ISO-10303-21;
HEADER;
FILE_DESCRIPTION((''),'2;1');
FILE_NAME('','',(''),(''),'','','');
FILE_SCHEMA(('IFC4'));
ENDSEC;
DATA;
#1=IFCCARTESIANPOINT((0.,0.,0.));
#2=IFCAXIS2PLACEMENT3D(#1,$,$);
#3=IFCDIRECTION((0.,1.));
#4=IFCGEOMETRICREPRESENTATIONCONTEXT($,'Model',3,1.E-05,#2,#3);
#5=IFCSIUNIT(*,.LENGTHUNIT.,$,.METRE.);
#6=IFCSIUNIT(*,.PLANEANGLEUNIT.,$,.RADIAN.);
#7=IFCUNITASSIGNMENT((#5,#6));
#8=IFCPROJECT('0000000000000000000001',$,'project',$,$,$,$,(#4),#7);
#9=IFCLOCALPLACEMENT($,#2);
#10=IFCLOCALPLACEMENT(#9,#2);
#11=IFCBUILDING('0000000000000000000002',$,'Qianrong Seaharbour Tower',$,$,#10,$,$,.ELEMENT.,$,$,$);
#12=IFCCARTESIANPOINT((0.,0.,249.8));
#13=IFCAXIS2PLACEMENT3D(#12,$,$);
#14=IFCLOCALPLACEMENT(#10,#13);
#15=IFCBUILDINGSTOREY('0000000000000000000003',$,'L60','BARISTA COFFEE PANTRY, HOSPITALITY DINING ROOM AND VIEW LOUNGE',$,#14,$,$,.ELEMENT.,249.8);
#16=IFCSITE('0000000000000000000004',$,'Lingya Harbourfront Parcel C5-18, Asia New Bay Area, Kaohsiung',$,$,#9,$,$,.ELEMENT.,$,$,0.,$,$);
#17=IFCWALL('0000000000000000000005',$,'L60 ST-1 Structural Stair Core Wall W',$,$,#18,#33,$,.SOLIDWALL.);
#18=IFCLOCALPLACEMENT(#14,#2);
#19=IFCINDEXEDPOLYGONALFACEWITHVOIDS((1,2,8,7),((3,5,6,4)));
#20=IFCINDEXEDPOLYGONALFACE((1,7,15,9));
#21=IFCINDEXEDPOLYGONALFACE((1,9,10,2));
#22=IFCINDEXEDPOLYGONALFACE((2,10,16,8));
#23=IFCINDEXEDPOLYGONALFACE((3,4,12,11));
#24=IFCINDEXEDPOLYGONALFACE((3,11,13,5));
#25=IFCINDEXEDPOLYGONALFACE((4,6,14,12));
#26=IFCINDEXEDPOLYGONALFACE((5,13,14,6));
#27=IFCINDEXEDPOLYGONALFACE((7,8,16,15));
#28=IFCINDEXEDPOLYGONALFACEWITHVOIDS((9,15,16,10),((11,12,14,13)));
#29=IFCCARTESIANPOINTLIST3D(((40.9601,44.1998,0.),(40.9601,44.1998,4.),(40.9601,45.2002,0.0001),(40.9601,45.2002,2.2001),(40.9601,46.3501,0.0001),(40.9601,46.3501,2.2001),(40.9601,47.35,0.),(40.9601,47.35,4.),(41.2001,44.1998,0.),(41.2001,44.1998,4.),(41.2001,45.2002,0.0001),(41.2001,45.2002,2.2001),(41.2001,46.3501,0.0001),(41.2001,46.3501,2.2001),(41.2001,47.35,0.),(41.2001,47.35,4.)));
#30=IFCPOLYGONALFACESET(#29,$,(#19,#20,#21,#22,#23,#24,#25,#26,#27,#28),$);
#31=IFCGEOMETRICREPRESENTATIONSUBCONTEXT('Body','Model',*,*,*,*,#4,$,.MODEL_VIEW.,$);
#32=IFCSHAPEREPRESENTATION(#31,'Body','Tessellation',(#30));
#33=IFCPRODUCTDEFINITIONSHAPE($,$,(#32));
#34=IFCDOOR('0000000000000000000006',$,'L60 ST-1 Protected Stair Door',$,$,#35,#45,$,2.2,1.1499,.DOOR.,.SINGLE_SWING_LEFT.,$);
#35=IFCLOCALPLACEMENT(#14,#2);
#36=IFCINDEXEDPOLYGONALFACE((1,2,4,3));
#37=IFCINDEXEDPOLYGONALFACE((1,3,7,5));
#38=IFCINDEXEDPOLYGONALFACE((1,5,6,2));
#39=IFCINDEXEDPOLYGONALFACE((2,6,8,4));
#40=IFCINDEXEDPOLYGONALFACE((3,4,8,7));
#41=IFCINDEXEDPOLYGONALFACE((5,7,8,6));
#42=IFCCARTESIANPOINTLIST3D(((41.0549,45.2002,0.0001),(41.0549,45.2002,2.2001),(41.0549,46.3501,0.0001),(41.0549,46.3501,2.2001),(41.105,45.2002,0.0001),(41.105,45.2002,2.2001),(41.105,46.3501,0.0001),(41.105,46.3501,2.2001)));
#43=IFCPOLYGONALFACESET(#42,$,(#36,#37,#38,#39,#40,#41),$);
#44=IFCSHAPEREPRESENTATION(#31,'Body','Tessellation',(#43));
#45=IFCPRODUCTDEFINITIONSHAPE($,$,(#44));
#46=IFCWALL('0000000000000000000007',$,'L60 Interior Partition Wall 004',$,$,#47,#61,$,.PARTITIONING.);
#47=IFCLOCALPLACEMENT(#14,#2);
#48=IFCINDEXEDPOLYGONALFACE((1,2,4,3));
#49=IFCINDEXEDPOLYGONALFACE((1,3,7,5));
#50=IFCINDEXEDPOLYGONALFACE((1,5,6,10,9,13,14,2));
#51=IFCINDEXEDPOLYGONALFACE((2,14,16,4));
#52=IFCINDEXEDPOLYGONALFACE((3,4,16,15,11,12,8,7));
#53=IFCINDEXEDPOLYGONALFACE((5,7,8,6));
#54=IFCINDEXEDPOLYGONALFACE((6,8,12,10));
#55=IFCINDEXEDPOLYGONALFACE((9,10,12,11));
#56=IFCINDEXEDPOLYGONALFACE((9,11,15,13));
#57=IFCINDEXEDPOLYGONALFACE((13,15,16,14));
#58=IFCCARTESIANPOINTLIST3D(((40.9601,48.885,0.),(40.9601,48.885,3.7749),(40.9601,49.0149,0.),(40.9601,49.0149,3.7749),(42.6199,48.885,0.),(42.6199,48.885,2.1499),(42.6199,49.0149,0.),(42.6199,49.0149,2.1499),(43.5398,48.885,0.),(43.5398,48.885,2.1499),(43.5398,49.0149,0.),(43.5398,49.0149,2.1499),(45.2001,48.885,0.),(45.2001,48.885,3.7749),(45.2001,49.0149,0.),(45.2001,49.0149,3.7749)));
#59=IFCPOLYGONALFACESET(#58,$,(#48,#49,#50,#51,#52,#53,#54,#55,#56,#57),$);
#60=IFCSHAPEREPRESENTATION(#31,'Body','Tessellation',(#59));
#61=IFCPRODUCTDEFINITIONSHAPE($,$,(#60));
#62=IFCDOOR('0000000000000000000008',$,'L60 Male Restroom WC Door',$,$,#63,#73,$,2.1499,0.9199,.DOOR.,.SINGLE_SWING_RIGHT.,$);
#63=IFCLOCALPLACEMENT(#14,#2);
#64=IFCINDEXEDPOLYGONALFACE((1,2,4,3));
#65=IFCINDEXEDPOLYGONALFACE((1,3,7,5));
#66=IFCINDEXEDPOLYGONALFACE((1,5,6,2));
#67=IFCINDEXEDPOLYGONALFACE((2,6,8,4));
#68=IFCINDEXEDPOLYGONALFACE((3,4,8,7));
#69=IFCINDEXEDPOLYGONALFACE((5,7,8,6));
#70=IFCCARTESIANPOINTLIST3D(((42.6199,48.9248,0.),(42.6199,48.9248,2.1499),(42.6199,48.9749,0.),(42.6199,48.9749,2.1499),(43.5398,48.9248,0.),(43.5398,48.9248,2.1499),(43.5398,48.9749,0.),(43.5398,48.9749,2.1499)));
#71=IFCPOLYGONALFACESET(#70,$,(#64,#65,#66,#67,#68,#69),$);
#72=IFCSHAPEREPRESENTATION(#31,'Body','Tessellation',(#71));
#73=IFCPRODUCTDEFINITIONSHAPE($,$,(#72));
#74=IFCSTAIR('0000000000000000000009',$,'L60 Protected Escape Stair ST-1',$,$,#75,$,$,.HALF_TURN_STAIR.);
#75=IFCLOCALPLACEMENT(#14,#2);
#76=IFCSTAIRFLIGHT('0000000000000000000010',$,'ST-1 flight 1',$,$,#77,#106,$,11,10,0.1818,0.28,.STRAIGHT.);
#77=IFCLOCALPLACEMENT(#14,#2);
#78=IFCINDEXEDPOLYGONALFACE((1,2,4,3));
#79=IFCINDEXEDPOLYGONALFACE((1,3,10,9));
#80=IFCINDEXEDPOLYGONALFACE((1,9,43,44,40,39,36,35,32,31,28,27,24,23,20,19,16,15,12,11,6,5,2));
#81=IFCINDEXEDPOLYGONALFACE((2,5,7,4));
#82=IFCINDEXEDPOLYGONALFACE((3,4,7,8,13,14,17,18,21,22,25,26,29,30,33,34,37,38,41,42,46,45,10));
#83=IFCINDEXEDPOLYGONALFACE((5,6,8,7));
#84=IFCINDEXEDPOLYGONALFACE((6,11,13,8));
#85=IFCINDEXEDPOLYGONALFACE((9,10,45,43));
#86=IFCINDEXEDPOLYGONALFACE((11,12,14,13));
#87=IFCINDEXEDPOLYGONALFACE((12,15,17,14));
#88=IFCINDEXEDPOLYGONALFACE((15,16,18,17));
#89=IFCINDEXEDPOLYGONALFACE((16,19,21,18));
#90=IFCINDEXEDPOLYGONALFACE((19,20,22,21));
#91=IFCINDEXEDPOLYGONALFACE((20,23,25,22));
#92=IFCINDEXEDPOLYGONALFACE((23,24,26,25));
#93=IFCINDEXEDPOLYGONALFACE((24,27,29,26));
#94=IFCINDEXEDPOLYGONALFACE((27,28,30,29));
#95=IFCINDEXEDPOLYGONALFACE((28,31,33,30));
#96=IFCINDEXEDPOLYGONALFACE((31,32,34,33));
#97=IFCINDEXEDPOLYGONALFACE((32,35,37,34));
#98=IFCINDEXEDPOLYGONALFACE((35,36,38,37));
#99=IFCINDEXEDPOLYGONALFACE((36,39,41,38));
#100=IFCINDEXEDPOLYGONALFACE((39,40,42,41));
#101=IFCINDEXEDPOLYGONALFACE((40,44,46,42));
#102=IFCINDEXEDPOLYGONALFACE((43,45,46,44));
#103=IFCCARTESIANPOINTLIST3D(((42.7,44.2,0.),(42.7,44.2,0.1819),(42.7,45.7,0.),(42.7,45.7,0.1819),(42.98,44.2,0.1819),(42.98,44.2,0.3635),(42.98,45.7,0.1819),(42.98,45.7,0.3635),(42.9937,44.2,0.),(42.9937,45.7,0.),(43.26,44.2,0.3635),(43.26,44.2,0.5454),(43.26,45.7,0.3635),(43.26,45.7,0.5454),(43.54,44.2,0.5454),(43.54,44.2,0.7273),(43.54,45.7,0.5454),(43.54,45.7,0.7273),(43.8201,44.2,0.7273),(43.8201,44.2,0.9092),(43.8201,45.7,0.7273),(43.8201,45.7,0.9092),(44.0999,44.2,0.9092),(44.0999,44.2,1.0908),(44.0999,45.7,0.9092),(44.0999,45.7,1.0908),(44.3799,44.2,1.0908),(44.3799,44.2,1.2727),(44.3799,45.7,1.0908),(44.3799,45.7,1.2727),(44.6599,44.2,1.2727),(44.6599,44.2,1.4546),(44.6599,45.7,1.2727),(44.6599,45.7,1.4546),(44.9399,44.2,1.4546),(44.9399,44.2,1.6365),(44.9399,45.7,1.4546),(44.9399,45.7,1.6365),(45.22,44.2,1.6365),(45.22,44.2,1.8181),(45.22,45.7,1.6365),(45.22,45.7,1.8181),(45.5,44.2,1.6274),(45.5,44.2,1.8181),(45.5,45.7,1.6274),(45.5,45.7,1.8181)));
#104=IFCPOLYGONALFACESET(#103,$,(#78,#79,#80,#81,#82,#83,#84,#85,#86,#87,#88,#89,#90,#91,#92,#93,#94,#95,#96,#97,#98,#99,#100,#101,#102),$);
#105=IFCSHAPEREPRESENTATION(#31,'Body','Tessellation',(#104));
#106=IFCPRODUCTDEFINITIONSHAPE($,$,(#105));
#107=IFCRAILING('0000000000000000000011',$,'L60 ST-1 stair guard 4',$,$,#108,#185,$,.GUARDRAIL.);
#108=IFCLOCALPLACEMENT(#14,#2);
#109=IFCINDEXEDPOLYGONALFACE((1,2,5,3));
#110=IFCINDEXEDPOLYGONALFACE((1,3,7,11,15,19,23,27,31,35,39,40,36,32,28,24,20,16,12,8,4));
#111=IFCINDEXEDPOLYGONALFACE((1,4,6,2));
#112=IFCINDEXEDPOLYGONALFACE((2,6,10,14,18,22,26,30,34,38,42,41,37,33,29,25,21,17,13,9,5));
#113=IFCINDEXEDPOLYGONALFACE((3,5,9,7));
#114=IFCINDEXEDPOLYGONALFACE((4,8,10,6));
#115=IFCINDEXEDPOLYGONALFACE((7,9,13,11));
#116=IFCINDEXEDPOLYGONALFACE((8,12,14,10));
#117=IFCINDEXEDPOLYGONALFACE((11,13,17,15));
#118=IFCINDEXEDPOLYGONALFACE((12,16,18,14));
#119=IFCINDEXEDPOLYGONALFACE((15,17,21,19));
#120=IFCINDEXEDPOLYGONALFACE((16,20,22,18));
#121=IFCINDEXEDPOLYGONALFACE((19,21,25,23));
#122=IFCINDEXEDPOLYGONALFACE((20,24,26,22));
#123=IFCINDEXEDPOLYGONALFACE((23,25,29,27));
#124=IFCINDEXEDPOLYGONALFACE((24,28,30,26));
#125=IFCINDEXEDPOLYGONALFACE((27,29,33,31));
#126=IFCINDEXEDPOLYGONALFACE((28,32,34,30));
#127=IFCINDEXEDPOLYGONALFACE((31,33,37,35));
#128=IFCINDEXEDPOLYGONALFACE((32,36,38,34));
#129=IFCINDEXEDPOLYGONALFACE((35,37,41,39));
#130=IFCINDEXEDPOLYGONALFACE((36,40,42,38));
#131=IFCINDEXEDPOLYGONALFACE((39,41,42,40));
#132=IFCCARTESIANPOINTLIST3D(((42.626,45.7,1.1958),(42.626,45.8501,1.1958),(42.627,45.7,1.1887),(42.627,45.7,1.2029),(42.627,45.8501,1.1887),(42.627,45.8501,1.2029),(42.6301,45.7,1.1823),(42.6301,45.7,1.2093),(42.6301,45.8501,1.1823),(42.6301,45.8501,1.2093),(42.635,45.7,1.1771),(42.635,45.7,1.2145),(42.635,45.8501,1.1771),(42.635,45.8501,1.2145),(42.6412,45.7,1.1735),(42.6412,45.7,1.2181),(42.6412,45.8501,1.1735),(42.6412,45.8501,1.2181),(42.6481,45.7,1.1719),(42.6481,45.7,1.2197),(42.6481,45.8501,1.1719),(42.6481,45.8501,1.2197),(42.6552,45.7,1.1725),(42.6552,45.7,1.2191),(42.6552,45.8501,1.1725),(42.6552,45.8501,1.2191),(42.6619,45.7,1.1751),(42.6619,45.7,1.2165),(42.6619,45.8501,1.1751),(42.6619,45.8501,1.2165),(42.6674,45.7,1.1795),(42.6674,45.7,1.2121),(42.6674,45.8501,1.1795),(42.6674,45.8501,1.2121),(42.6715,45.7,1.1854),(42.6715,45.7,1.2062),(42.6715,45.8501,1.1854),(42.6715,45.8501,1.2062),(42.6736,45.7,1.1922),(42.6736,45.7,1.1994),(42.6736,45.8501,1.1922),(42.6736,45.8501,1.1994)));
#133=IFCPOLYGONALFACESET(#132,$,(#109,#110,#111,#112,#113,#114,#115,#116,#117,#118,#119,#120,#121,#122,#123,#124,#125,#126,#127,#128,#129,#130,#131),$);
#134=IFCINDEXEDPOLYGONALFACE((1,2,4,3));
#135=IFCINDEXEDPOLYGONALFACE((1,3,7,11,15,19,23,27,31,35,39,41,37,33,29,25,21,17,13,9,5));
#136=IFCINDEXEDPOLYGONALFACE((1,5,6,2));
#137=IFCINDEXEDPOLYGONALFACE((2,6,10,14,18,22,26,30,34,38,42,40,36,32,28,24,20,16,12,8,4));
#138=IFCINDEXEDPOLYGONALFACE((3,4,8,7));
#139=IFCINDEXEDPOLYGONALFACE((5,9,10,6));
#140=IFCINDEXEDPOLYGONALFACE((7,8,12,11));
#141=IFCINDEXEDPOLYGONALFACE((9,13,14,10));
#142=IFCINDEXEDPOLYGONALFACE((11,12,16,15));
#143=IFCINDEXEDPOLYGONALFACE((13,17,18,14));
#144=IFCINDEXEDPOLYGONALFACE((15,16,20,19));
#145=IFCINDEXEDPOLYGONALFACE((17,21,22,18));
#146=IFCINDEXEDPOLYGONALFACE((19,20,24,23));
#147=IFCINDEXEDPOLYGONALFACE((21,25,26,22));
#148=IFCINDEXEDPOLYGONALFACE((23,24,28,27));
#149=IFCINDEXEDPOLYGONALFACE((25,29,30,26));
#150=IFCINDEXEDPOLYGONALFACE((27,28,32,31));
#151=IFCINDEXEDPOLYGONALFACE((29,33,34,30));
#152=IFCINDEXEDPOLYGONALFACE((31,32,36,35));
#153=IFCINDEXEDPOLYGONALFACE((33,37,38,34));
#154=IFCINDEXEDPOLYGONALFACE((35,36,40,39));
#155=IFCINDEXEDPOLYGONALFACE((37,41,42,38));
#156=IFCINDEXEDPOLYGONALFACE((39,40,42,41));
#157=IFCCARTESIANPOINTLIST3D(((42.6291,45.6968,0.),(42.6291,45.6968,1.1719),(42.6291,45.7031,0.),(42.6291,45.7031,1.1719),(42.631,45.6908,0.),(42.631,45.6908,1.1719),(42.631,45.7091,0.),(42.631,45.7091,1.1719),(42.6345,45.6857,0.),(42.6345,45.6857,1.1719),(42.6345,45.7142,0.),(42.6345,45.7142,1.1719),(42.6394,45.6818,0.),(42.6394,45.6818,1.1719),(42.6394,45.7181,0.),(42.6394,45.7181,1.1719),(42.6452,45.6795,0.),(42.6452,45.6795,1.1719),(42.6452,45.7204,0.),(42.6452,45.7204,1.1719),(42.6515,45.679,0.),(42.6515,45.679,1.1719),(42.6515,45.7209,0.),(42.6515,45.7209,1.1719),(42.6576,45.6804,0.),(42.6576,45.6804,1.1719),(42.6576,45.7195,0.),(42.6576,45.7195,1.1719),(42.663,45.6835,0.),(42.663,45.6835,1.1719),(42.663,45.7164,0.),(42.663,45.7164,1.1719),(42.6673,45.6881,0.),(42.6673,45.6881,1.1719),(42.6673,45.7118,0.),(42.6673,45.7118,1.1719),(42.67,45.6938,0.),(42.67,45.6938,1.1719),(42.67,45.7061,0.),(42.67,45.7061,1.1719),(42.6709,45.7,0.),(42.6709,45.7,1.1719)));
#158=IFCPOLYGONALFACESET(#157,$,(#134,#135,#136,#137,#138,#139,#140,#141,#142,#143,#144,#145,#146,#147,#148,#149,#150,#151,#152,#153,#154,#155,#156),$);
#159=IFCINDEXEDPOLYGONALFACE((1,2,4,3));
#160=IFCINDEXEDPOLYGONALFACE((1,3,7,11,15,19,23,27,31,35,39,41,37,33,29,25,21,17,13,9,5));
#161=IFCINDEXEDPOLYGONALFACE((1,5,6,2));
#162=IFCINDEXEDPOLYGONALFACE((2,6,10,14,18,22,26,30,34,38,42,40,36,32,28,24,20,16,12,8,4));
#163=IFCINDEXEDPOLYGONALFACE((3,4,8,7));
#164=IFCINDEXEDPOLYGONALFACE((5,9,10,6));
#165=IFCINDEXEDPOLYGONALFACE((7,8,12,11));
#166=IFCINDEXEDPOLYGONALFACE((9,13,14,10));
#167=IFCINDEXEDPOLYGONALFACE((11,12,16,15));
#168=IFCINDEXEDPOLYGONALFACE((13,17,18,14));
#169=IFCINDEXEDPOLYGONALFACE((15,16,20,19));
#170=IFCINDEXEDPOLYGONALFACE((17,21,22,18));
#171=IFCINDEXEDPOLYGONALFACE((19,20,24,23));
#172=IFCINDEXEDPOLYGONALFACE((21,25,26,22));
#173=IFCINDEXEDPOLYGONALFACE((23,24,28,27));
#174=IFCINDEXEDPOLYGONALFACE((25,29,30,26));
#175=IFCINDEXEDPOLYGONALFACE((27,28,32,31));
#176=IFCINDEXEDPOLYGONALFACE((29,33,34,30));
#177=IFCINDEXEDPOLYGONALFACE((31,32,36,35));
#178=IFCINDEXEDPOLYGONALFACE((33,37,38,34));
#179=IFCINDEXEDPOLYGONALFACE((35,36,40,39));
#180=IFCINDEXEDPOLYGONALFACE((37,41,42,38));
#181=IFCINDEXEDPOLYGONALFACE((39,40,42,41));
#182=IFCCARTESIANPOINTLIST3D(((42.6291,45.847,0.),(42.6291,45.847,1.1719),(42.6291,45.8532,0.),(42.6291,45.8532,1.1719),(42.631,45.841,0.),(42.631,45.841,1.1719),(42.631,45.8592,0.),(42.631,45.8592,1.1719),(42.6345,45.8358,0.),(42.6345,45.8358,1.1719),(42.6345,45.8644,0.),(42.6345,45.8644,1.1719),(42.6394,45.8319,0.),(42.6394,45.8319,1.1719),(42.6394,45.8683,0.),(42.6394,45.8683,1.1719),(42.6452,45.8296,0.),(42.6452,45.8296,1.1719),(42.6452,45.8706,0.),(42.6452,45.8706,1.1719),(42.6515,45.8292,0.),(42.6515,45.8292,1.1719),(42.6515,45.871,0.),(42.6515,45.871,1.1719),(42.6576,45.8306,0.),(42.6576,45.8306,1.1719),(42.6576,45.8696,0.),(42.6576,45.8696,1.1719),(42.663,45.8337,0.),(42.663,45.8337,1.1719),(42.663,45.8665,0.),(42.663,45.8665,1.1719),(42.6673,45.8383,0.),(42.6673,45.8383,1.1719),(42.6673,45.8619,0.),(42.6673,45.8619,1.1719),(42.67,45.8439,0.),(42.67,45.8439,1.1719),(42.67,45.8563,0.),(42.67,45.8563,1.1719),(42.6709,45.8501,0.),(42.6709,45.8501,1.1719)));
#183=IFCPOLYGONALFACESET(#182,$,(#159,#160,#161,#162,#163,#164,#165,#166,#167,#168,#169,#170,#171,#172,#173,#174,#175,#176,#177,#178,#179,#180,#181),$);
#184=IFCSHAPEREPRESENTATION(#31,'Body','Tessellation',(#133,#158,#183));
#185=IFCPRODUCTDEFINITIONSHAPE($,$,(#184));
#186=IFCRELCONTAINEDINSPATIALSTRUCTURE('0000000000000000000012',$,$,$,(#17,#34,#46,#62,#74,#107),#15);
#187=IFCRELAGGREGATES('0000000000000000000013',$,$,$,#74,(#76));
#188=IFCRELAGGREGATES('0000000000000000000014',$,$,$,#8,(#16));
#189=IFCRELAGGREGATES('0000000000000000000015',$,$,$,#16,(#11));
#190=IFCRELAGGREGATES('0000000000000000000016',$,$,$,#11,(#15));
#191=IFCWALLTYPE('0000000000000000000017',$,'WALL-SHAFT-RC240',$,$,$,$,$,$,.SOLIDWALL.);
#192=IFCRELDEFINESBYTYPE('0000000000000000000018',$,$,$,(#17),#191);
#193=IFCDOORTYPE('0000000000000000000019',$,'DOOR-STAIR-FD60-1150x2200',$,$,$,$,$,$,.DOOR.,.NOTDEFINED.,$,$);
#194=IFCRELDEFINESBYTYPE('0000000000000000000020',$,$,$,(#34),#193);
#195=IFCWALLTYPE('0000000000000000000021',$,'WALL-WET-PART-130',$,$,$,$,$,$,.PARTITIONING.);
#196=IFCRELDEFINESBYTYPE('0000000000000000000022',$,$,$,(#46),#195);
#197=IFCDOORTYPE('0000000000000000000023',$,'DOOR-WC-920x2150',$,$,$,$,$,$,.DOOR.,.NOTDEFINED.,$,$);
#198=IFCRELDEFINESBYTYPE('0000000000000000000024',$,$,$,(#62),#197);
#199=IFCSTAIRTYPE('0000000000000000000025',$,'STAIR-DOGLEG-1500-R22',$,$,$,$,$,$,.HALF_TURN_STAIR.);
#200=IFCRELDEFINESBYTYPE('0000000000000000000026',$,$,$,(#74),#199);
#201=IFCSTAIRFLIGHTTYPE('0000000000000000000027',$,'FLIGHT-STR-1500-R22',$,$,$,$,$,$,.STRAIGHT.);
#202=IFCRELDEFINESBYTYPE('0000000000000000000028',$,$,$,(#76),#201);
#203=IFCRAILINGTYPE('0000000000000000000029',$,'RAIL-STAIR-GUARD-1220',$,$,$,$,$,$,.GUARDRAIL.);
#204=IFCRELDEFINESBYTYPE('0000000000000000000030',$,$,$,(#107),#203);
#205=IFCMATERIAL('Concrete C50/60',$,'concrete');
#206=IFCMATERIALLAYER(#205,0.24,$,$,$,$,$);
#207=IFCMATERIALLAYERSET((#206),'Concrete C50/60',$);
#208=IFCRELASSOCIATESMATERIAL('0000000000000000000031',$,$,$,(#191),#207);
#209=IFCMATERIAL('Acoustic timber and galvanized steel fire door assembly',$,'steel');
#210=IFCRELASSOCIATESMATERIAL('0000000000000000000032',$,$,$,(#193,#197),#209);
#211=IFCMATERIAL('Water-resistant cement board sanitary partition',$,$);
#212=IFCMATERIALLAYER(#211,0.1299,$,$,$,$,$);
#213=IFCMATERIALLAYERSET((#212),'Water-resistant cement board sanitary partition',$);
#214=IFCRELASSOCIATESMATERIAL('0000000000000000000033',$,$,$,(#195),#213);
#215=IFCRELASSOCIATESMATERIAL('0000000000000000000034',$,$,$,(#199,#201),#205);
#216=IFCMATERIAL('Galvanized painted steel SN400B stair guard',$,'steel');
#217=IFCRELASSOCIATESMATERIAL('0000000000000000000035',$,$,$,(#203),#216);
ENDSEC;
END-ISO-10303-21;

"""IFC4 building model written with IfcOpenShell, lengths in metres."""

from ifc_helpers import new_model, si_unit, direction, frame, frame_2d, origin, origin_2d, place, context, subcontext, project, spatial, polyline, rectangle, circle, outline, extrude, material, layer, layer_set, type_object, element, fill, aggregate, save


model = new_model("IFC4")

# Units and contexts
model_context = context("Model", 3, precision=1e-05, world=origin(), true_north=direction((0.0, 1.0)))
body_context = subcontext(model_context, "Body", "Model", "MODEL_VIEW")
ifc_project = project(units=[si_unit("LENGTHUNIT", "METRE"), si_unit("PLANEANGLEUNIT", "RADIAN")], contexts=[model_context])

# Site, building, storey
site_placement = place(None, origin())
site = spatial("IfcSite", under=ifc_project, at=site_placement, Name="Lingya Harbourfront Parcel C5-18, Asia New Bay Area, Kaohsiung", CompositionType="ELEMENT", RefElevation=0.0)
building_placement = place(site_placement, origin())
building = spatial("IfcBuilding", under=site, at=building_placement, Name="Qianrong Seaharbour Tower", CompositionType="ELEMENT")
storey_placement = place(building_placement, frame((0.0, 0.0, 249.8)))
storey = spatial("IfcBuildingStorey", under=building, at=storey_placement, Name="L60", Description="BARISTA COFFEE PANTRY, HOSPITALITY DINING ROOM AND VIEW LOUNGE", CompositionType="ELEMENT", Elevation=249.8)

# Shared definitions
ifc_material_1 = material(Name="Concrete C50/60", Category="concrete")
ifc_layer_1 = layer(ifc_material_1, 0.24)
ifc_layer_set_1 = layer_set([ifc_layer_1], Name="Concrete C50/60")
wall_type_1 = type_object("IfcWallType", Name="WALL-SHAFT-RC240", PredefinedType="SOLIDWALL", material=ifc_layer_set_1)

# Walls, openings, doors
wall_1_placement = place(storey_placement, frame((41.0801, 47.3501, 0.0), z_axis=(0.0, 0.0, 1.0), x_axis=(0.0, -1.0, 0.0)))
wall_1 = element("IfcWall", 1, at=wall_1_placement, inside=storey, type_object=wall_type_1, Name="L60 ST-1 Structural Stair Core Wall W", PredefinedType="SOLIDWALL", context=body_context, shape_type="SweptSolid", body=[
    extrude(rectangle(XDim=3.1501, YDim=0.24, at=frame_2d((1.5752, 0.0))), origin(), (0.0, 0.0, 1.0), 4.0),
])
opening_1_placement = place(wall_1_placement, frame((1.0, 0.0, 0.0)))
opening_1 = element("IfcOpeningElement", 2, at=opening_1_placement, cuts=wall_1, PredefinedType="OPENING", context=body_context, shape_type="SweptSolid", body=[
    extrude(rectangle(XDim=1.1499, YDim=2.2, at=frame_2d((0.575, 1.1001))), frame((0.0, 0.1299, 0.0), z_axis=(0.0, -1.0, 0.0), x_axis=(1.0, 0.0, 0.0)), (0.0, 0.0, 1.0), 0.26),
])
ifc_material_2 = material(Name="Acoustic timber and galvanized steel fire door assembly", Category="steel")
door_type_1 = type_object("IfcDoorType", Name="DOOR-STAIR-FD60-1150x2200", OperationType="NOTDEFINED", PredefinedType="DOOR", material=ifc_material_2)
door_1_placement = place(opening_1_placement, origin())
door_1 = element("IfcDoor", 3, at=door_1_placement, inside=storey, type_object=door_type_1, Name="L60 ST-1 Protected Stair Door", OperationType="SINGLE_SWING_LEFT", OverallHeight=2.2, OverallWidth=1.1499, PredefinedType="DOOR", context=body_context, shape_type="SweptSolid", body=[
    extrude(rectangle(XDim=1.1499, YDim=2.2, at=frame_2d((0.575, 1.1001))), frame((0.0, 0.0249, 0.0), z_axis=(0.0, -1.0, 0.0), x_axis=(1.0, 0.0, 0.0)), (0.0, 0.0, 1.0), 0.05),
])
fill(opening_1, door_1)
ifc_material_3 = material(Name="Water-resistant cement board sanitary partition")
ifc_layer_2 = layer(ifc_material_3, 0.1299)
ifc_layer_set_2 = layer_set([ifc_layer_2], Name="Water-resistant cement board sanitary partition")
wall_type_2 = type_object("IfcWallType", Name="WALL-WET-PART-130", PredefinedType="PARTITIONING", material=ifc_layer_set_2)
wall_2_placement = place(storey_placement, frame((40.96, 48.95, 0.0), z_axis=(0.0, 0.0, 1.0), x_axis=(1.0, 0.0, 0.0)))
wall_2 = element("IfcWall", 4, at=wall_2_placement, inside=storey, type_object=wall_type_2, Name="L60 Interior Partition Wall 004", PredefinedType="PARTITIONING", context=body_context, shape_type="SweptSolid", body=[
    extrude(rectangle(XDim=4.24, YDim=0.1299, at=frame_2d((2.1201, 0.0))), origin(), (0.0, 0.0, 1.0), 3.7749),
])
opening_2_placement = place(wall_2_placement, frame((1.6599, 0.0, 0.0)))
opening_2 = element("IfcOpeningElement", 5, at=opening_2_placement, cuts=wall_2, PredefinedType="OPENING", context=body_context, shape_type="SweptSolid", body=[
    extrude(rectangle(XDim=0.9199, YDim=2.1499, at=frame_2d((0.46, 1.075))), frame((0.0, 0.075, 0.0), z_axis=(0.0, -1.0, 0.0), x_axis=(1.0, 0.0, 0.0)), (0.0, 0.0, 1.0), 0.1499),
])
door_type_2 = type_object("IfcDoorType", Name="DOOR-WC-920x2150", OperationType="NOTDEFINED", PredefinedType="DOOR", material=ifc_material_2)
door_2_placement = place(opening_2_placement, origin())
door_2 = element("IfcDoor", 6, at=door_2_placement, inside=storey, type_object=door_type_2, Name="L60 Male Restroom WC Door", OperationType="SINGLE_SWING_RIGHT", OverallHeight=2.1499, OverallWidth=0.9199, PredefinedType="DOOR", context=body_context, shape_type="SweptSolid", body=[
    extrude(rectangle(XDim=0.9199, YDim=2.1499, at=frame_2d((0.46, 1.075))), frame((0.0, 0.0249, 0.0), z_axis=(0.0, -1.0, 0.0), x_axis=(1.0, 0.0, 0.0)), (0.0, 0.0, 1.0), 0.05),
])
fill(opening_2, door_2)

# Stair, stair flight
stair_type = type_object("IfcStairType", Name="STAIR-DOGLEG-1500-R22", PredefinedType="HALF_TURN_STAIR", material=ifc_material_1)
stair_placement = place(storey_placement, origin())
stair = element("IfcStair", 7, at=stair_placement, inside=storey, type_object=stair_type, Name="L60 Protected Escape Stair ST-1", PredefinedType="HALF_TURN_STAIR")
stair_flight_type = type_object("IfcStairFlightType", Name="FLIGHT-STR-1500-R22", PredefinedType="STRAIGHT", material=ifc_material_1)
stair_flight_placement = place(storey_placement, frame((42.7, 44.95, 0.0), z_axis=(0.0, 0.0, 1.0), x_axis=(1.0, 0.0, 0.0)))
stair_flight = element("IfcStairFlight", 8, at=stair_flight_placement, type_object=stair_flight_type, Name="ST-1 flight 1", NumberOfRisers=11, NumberOfTreads=10, PredefinedType="STRAIGHT", RiserHeight=0.1818, TreadLength=0.28, context=body_context, shape_type="SweptSolid", body=[
    extrude(outline(polyline([(0.0, 0.0), (0.0, 0.1819), (0.28, 0.1819), (0.28, 0.3635), (0.5601, 0.3635), (0.5601, 0.5454), (0.8401, 0.5454), (0.8401, 0.7273), (1.1201, 0.7273), (1.1201, 0.9092), (1.3999, 0.9092), (1.3999, 1.0908), (1.6799, 1.0908), (1.6799, 1.2727), (1.96, 1.2727), (1.96, 1.4546), (2.24, 1.4546), (2.24, 1.6365), (2.52, 1.6365), (2.52, 1.8181), (2.8, 1.8181), (2.8, 2.0), (2.8, 1.6274), (0.2937, 0.0), (0.0, 0.0)])), frame((0.0, 0.75, 0.0), z_axis=(0.0, -1.0, 0.0), x_axis=(1.0, 0.0, 0.0)), (0.0, 0.0, 1.0), 1.5),
])
aggregate(stair, [stair_flight])

# Railing
ifc_material_4 = material(Name="Galvanized painted steel SN400B stair guard", Category="steel")
railing_type = type_object("IfcRailingType", Name="RAIL-STAIR-GUARD-1220", PredefinedType="GUARDRAIL", material=ifc_material_4)
railing_placement = place(storey_placement, frame((42.6499, 45.7, 0.0)))
element("IfcRailing", 9, at=railing_placement, inside=storey, type_object=railing_type, Name="L60 ST-1 stair guard 4", PredefinedType="GUARDRAIL", context=body_context, shape_type="SweptSolid", body=[
    extrude(circle(Radius=0.0239, at=origin_2d()), frame((0.0, 0.0, 1.1958), z_axis=(0.0, 1.0, 0.0), x_axis=(-1.0, 0.0, 0.0)), (0.0, 0.0, 1.0), 0.1501),
    extrude(circle(Radius=0.021, at=origin_2d()), origin(), (0.0, 0.0, 1.0), 1.1719),
    extrude(circle(Radius=0.021, at=origin_2d()), frame((0.0, 0.1501, 0.0)), (0.0, 0.0, 1.0), 1.1719),
])

save(model, "model.ifc")
